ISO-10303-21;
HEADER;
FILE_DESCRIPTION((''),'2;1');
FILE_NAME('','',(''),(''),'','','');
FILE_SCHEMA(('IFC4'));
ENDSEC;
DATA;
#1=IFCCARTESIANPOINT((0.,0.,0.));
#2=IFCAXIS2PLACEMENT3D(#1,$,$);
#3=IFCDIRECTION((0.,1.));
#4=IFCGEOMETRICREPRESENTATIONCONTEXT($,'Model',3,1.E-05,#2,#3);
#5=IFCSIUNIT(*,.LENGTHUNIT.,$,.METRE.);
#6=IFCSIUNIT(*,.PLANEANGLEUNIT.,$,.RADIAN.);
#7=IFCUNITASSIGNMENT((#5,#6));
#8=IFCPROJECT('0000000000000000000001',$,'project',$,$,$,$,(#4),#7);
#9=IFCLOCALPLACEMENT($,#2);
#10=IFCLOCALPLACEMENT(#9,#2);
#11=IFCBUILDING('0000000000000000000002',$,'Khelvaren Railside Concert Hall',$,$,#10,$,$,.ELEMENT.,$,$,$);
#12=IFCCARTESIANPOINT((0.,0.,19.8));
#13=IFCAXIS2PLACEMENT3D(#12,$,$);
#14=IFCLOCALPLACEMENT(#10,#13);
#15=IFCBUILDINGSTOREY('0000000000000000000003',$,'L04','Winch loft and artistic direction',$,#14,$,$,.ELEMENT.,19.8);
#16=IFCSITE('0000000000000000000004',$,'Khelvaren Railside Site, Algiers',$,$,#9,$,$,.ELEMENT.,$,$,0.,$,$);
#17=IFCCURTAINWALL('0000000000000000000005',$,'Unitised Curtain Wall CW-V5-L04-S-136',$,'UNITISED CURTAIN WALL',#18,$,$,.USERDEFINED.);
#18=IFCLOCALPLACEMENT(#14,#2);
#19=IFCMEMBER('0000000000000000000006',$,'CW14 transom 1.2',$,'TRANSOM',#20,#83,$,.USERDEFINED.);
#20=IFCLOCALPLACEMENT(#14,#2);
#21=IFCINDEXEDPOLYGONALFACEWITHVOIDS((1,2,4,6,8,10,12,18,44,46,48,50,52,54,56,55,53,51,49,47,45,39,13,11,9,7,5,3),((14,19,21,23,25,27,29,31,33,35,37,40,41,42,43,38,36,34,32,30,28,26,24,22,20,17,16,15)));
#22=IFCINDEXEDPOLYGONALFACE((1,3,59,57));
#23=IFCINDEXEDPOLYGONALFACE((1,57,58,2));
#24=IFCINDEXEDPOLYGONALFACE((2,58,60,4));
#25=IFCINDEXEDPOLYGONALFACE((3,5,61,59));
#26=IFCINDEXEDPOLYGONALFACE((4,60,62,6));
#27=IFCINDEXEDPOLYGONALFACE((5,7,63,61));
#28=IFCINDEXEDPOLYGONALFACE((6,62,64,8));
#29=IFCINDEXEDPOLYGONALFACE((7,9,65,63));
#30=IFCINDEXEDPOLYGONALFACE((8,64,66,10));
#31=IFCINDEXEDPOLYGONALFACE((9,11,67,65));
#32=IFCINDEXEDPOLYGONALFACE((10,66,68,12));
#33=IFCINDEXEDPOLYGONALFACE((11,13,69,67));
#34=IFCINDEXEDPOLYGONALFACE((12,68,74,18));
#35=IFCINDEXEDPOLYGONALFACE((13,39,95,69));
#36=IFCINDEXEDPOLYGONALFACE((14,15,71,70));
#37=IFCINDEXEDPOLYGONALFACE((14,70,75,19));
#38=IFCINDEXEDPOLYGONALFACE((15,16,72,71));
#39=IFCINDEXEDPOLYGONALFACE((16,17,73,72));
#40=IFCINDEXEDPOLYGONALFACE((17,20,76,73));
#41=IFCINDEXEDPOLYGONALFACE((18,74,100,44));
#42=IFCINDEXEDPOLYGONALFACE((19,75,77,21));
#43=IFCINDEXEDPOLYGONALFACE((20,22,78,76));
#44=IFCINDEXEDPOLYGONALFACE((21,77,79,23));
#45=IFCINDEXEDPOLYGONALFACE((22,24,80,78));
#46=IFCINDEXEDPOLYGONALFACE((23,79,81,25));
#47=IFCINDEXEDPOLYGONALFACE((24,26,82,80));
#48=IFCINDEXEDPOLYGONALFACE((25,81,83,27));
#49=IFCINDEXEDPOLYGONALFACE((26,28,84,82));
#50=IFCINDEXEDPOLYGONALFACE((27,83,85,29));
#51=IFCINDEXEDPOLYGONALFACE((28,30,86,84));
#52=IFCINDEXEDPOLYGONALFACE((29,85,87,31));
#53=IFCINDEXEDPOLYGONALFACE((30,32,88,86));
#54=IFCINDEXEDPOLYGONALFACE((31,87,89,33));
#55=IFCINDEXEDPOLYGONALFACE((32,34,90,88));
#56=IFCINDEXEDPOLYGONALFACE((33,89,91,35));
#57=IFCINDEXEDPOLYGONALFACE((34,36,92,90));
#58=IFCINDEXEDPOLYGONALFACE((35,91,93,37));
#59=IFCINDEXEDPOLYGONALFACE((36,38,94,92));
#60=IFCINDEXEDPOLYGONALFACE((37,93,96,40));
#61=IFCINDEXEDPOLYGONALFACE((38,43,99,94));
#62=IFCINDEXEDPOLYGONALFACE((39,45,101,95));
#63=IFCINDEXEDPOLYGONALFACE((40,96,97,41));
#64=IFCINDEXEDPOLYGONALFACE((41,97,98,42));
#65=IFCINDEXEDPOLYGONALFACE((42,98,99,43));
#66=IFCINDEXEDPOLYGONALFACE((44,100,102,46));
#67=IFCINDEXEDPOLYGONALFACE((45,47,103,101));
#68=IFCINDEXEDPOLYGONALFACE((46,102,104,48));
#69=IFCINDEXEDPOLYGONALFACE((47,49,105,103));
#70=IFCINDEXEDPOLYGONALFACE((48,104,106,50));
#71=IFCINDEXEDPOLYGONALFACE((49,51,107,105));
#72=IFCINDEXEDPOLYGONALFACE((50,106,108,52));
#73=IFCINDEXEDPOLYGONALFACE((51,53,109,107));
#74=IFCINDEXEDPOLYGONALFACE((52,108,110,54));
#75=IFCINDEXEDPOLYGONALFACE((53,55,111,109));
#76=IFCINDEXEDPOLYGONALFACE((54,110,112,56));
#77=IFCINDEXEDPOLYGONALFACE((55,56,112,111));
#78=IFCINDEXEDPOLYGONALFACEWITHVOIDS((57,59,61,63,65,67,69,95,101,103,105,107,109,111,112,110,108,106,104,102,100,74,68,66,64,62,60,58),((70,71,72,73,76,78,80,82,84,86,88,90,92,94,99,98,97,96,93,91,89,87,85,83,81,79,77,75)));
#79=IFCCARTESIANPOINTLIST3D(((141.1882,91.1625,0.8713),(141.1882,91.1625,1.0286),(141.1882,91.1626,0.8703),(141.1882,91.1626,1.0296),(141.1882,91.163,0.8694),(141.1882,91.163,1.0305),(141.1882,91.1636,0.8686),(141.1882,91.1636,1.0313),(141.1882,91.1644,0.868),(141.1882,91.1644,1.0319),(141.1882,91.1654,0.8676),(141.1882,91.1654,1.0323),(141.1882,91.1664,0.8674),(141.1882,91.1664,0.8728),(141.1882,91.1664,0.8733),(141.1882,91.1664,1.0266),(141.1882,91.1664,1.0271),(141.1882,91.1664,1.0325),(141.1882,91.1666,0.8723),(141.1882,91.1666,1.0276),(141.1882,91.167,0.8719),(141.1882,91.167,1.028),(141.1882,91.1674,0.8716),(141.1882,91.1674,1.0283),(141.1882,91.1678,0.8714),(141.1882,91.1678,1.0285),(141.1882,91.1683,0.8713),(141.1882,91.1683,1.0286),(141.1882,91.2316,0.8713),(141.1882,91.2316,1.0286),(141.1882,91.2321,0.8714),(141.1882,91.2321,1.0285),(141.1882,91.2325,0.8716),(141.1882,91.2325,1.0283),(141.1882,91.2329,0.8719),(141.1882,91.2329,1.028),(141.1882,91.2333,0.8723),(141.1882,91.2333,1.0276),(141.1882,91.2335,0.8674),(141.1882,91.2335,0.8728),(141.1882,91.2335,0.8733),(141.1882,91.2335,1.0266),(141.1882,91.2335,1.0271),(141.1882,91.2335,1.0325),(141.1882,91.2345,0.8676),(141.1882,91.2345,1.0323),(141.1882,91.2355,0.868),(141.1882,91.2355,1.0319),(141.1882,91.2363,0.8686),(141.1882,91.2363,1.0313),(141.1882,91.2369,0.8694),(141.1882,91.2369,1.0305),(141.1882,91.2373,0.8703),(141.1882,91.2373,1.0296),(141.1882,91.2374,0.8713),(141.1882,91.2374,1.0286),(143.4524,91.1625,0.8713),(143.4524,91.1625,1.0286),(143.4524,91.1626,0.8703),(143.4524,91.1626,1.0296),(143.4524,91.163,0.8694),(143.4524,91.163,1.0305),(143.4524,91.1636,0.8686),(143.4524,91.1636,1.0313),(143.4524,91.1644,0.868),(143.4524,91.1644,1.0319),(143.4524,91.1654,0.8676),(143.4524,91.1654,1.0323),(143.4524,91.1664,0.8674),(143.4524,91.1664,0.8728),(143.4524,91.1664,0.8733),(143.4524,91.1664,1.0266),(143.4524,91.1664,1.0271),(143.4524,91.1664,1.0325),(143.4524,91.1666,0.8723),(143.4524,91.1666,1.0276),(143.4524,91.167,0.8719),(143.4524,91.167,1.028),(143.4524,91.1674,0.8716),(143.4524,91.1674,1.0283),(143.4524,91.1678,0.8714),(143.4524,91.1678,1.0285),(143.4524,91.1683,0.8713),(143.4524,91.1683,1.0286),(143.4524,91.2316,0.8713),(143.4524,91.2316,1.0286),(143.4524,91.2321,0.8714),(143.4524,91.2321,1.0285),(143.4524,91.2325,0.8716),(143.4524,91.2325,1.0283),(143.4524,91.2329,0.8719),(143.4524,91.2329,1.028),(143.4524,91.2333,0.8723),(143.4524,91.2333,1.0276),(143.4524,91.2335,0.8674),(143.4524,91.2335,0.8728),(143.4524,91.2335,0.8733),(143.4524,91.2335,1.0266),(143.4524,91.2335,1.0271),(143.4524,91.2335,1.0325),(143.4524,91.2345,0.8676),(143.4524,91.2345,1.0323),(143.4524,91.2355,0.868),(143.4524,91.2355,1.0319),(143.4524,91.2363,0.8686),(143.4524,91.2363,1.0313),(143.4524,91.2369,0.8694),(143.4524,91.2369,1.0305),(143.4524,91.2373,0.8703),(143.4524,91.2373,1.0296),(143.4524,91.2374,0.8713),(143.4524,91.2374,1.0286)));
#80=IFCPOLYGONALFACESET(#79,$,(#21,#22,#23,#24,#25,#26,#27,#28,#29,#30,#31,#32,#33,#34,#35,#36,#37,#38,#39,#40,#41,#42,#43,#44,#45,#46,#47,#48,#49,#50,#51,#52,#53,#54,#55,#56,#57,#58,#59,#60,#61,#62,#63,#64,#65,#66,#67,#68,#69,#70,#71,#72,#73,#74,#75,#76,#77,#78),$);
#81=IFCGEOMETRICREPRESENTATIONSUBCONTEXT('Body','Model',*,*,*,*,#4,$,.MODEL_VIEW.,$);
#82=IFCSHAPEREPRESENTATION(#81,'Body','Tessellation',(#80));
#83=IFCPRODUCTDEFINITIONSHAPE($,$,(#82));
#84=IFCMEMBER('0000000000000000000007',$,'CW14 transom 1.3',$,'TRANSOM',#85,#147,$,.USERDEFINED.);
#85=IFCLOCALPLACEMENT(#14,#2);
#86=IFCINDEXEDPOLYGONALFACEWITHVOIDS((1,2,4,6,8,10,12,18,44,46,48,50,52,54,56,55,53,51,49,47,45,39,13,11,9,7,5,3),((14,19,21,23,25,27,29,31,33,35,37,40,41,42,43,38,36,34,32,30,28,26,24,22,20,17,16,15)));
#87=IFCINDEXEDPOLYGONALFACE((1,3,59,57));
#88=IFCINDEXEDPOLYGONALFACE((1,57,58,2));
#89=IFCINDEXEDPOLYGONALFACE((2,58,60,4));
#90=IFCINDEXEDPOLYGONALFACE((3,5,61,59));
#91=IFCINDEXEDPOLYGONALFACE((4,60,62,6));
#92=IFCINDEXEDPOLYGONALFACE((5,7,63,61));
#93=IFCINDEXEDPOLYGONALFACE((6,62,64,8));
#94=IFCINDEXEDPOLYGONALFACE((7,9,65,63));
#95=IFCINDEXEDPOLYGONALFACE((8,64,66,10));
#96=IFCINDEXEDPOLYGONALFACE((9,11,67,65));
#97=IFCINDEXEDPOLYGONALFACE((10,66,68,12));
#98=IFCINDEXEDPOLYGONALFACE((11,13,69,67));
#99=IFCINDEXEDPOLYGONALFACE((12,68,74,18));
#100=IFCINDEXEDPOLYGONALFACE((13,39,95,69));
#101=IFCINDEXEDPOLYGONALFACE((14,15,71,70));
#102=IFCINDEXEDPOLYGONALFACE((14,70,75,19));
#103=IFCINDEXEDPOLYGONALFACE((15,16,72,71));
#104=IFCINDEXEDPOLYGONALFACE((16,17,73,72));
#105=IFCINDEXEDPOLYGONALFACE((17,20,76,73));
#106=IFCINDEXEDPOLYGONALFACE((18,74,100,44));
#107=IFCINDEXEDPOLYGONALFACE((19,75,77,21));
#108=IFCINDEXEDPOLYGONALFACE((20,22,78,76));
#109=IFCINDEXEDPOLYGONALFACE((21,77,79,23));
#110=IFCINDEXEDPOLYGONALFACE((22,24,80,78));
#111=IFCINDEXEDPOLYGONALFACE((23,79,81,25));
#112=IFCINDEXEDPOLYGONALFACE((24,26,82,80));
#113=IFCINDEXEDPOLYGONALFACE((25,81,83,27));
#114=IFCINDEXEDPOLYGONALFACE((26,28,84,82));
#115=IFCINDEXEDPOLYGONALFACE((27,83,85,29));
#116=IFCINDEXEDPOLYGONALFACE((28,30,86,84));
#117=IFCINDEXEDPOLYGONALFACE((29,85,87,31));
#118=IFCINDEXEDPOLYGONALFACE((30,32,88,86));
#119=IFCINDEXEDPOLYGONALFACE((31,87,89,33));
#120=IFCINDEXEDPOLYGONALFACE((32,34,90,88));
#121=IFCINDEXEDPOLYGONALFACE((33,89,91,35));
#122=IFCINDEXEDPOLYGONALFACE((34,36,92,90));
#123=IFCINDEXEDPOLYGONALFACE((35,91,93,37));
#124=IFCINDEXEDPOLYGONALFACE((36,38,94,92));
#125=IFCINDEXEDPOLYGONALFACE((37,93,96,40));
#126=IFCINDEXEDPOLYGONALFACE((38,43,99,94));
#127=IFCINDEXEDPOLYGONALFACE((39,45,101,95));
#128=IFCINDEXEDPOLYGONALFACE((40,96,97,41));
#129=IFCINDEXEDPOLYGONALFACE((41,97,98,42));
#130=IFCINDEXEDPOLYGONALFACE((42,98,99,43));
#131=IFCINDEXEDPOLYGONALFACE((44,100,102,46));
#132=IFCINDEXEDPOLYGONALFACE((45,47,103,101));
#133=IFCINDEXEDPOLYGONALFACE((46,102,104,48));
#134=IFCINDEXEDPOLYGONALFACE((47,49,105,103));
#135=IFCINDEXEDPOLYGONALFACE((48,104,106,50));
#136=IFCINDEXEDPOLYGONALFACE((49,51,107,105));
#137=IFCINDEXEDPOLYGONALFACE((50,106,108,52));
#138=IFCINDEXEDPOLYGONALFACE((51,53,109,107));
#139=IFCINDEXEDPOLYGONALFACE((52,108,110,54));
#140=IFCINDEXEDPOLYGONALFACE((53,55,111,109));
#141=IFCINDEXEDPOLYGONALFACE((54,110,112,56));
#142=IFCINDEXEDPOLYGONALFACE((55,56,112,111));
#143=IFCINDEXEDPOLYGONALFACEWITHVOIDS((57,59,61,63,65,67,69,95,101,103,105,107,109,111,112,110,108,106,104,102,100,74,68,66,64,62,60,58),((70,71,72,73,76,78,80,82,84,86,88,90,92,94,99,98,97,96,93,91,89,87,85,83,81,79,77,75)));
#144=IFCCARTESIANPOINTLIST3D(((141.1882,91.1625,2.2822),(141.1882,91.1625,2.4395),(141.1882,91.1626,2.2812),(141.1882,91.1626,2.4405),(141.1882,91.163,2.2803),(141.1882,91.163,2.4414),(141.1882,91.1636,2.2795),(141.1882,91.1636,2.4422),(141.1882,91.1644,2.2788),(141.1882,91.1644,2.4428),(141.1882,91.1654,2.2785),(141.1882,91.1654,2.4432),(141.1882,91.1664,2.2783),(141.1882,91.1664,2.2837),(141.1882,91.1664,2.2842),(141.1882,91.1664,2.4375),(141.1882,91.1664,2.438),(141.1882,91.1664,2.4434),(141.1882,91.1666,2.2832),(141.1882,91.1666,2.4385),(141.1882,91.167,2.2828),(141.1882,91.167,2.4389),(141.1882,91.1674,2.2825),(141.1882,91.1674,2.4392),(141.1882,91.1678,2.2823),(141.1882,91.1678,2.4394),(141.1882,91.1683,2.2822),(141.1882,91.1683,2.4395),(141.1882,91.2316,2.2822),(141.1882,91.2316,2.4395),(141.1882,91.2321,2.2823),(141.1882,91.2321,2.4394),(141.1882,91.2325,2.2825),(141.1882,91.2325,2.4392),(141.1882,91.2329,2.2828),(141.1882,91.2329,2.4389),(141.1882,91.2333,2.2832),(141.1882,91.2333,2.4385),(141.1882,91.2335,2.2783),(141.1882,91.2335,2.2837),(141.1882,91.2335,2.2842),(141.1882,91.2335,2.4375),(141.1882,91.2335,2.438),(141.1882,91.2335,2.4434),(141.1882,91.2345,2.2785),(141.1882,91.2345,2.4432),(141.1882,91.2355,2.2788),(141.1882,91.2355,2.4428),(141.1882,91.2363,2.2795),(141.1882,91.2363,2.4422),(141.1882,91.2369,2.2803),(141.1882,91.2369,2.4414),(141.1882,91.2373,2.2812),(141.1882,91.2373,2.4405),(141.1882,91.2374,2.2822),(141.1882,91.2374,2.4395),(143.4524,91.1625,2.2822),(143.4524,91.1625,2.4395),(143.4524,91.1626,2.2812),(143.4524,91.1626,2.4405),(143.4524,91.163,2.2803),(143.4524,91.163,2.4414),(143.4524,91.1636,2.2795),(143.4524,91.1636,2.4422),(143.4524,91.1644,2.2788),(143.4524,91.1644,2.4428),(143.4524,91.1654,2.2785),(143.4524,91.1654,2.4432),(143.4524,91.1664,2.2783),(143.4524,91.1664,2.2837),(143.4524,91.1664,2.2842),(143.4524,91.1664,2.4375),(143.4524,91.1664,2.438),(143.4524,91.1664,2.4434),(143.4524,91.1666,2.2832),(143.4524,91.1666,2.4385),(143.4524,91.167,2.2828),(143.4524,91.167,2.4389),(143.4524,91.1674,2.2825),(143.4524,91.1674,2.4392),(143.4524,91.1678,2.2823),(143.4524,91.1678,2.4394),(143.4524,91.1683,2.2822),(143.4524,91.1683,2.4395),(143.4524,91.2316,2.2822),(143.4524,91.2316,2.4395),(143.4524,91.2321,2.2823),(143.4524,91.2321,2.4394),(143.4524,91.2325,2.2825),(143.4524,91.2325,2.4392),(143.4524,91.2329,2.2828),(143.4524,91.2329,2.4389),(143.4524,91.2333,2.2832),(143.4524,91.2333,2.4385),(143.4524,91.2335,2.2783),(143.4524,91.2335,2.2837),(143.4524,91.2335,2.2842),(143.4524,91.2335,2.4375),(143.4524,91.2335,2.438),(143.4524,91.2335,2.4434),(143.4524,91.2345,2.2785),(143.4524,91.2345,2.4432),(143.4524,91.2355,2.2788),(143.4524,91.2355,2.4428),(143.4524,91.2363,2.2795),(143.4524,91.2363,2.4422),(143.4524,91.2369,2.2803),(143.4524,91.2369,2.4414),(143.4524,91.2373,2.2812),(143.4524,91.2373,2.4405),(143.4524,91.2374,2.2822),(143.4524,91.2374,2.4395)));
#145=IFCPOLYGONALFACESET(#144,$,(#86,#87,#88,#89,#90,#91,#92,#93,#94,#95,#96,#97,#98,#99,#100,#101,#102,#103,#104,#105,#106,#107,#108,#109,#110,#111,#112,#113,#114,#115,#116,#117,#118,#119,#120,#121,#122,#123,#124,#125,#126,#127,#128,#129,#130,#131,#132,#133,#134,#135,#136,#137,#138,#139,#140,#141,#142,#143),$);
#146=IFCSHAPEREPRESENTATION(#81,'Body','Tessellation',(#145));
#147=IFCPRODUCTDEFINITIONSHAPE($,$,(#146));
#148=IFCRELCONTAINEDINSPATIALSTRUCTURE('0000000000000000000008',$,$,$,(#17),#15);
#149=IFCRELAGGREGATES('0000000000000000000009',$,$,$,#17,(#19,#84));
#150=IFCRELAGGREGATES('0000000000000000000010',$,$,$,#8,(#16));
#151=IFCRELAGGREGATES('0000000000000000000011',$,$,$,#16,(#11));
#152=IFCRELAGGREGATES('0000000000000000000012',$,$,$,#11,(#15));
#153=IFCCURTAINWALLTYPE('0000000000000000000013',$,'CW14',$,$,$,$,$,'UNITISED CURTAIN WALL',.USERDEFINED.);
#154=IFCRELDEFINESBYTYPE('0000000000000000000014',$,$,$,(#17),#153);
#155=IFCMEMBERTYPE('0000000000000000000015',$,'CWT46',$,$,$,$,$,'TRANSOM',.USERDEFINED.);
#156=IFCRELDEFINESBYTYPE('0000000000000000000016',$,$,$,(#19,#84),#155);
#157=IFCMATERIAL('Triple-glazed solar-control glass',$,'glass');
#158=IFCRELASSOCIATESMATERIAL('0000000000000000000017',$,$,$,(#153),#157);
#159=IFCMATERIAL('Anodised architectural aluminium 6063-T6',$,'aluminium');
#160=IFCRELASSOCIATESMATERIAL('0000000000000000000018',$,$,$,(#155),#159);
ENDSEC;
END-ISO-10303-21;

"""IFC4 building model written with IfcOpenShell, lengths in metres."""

from ifc_helpers import new_model, si_unit, direction, frame, origin, origin_2d, place, context, subcontext, project, spatial, hollow_rectangle, extrude, material, material_profile, profile_set, type_object, element, aggregate, save


model = new_model("IFC4")

# Units and contexts
model_context = context("Model", 3, precision=1e-05, world=origin(), true_north=direction((0.0, 1.0)))
body_context = subcontext(model_context, "Body", "Model", "MODEL_VIEW")
ifc_project = project(units=[si_unit("LENGTHUNIT", "METRE"), si_unit("PLANEANGLEUNIT", "RADIAN")], contexts=[model_context])

# Site, building, storey
site_placement = place(None, origin())
site = spatial("IfcSite", under=ifc_project, at=site_placement, Name="Khelvaren Railside Site, Algiers", CompositionType="ELEMENT", RefElevation=0.0)
building_placement = place(site_placement, origin())
building = spatial("IfcBuilding", under=site, at=building_placement, Name="Khelvaren Railside Concert Hall", CompositionType="ELEMENT")
storey_placement = place(building_placement, frame((0.0, 0.0, 19.8)))
storey = spatial("IfcBuildingStorey", under=building, at=storey_placement, Name="L04", Description="Winch loft and artistic direction", CompositionType="ELEMENT", Elevation=19.8)

# Curtain wall
ifc_material_1 = material(Name="Triple-glazed solar-control glass", Category="glass")
curtain_wall_type_1 = type_object("IfcCurtainWallType", Name="CW14", ElementType="UNITISED CURTAIN WALL", PredefinedType="USERDEFINED", material=ifc_material_1)
curtain_wall_1_placement = place(storey_placement, origin())
curtain_wall_1 = element("IfcCurtainWall", 1, at=curtain_wall_1_placement, inside=storey, type_object=curtain_wall_type_1, Name="Unitised Curtain Wall CW-V5-L04-S-136", ObjectType="UNITISED CURTAIN WALL", PredefinedType="USERDEFINED")
ifc_material_2 = material(Name="Anodised architectural aluminium 6063-T6", Category="aluminium")

# Members
ifc_material_profile_1 = material_profile(ifc_material_2, hollow_rectangle(XDim=0.075, YDim=0.165, WallThickness=0.0039, InnerFilletRadius=0.002, OuterFilletRadius=0.0039, at=origin_2d()), Name="CWT 75x165x4")
ifc_profile_set_1 = profile_set([ifc_material_profile_1], Name="Anodised architectural aluminium 6063-T6")
member_type_1 = type_object("IfcMemberType", Name="CWT46", ElementType="TRANSOM", PredefinedType="USERDEFINED", material=ifc_profile_set_1)
member_1_placement = place(storey_placement, frame((143.4524, 91.2, 0.95), z_axis=(-1.0, 0.0, 0.0), x_axis=(0.0, -1.0, 0.0)))
member_1 = element("IfcMember", 2, at=member_1_placement, type_object=member_type_1, Name="CW14 transom 1.2", ObjectType="TRANSOM", PredefinedType="USERDEFINED", context=body_context, shape_type="SweptSolid", body=[
    extrude(hollow_rectangle(XDim=0.075, YDim=0.165, WallThickness=0.0039, InnerFilletRadius=0.002, OuterFilletRadius=0.0039, at=origin_2d()), origin(), (0.0, 0.0, 1.0), 2.2642),
])
member_2_placement = place(storey_placement, frame((143.4524, 91.2, 2.3608), z_axis=(-1.0, 0.0, 0.0), x_axis=(0.0, -1.0, 0.0)))
member_2 = element("IfcMember", 3, at=member_2_placement, type_object=member_type_1, Name="CW14 transom 1.3", ObjectType="TRANSOM", PredefinedType="USERDEFINED", context=body_context, shape_type="SweptSolid", body=[
    extrude(hollow_rectangle(XDim=0.075, YDim=0.165, WallThickness=0.0039, InnerFilletRadius=0.002, OuterFilletRadius=0.0039, at=origin_2d()), origin(), (0.0, 0.0, 1.0), 2.2642),
])

aggregate(curtain_wall_1, [member_1, member_2])

save(model, "model.ifc")
